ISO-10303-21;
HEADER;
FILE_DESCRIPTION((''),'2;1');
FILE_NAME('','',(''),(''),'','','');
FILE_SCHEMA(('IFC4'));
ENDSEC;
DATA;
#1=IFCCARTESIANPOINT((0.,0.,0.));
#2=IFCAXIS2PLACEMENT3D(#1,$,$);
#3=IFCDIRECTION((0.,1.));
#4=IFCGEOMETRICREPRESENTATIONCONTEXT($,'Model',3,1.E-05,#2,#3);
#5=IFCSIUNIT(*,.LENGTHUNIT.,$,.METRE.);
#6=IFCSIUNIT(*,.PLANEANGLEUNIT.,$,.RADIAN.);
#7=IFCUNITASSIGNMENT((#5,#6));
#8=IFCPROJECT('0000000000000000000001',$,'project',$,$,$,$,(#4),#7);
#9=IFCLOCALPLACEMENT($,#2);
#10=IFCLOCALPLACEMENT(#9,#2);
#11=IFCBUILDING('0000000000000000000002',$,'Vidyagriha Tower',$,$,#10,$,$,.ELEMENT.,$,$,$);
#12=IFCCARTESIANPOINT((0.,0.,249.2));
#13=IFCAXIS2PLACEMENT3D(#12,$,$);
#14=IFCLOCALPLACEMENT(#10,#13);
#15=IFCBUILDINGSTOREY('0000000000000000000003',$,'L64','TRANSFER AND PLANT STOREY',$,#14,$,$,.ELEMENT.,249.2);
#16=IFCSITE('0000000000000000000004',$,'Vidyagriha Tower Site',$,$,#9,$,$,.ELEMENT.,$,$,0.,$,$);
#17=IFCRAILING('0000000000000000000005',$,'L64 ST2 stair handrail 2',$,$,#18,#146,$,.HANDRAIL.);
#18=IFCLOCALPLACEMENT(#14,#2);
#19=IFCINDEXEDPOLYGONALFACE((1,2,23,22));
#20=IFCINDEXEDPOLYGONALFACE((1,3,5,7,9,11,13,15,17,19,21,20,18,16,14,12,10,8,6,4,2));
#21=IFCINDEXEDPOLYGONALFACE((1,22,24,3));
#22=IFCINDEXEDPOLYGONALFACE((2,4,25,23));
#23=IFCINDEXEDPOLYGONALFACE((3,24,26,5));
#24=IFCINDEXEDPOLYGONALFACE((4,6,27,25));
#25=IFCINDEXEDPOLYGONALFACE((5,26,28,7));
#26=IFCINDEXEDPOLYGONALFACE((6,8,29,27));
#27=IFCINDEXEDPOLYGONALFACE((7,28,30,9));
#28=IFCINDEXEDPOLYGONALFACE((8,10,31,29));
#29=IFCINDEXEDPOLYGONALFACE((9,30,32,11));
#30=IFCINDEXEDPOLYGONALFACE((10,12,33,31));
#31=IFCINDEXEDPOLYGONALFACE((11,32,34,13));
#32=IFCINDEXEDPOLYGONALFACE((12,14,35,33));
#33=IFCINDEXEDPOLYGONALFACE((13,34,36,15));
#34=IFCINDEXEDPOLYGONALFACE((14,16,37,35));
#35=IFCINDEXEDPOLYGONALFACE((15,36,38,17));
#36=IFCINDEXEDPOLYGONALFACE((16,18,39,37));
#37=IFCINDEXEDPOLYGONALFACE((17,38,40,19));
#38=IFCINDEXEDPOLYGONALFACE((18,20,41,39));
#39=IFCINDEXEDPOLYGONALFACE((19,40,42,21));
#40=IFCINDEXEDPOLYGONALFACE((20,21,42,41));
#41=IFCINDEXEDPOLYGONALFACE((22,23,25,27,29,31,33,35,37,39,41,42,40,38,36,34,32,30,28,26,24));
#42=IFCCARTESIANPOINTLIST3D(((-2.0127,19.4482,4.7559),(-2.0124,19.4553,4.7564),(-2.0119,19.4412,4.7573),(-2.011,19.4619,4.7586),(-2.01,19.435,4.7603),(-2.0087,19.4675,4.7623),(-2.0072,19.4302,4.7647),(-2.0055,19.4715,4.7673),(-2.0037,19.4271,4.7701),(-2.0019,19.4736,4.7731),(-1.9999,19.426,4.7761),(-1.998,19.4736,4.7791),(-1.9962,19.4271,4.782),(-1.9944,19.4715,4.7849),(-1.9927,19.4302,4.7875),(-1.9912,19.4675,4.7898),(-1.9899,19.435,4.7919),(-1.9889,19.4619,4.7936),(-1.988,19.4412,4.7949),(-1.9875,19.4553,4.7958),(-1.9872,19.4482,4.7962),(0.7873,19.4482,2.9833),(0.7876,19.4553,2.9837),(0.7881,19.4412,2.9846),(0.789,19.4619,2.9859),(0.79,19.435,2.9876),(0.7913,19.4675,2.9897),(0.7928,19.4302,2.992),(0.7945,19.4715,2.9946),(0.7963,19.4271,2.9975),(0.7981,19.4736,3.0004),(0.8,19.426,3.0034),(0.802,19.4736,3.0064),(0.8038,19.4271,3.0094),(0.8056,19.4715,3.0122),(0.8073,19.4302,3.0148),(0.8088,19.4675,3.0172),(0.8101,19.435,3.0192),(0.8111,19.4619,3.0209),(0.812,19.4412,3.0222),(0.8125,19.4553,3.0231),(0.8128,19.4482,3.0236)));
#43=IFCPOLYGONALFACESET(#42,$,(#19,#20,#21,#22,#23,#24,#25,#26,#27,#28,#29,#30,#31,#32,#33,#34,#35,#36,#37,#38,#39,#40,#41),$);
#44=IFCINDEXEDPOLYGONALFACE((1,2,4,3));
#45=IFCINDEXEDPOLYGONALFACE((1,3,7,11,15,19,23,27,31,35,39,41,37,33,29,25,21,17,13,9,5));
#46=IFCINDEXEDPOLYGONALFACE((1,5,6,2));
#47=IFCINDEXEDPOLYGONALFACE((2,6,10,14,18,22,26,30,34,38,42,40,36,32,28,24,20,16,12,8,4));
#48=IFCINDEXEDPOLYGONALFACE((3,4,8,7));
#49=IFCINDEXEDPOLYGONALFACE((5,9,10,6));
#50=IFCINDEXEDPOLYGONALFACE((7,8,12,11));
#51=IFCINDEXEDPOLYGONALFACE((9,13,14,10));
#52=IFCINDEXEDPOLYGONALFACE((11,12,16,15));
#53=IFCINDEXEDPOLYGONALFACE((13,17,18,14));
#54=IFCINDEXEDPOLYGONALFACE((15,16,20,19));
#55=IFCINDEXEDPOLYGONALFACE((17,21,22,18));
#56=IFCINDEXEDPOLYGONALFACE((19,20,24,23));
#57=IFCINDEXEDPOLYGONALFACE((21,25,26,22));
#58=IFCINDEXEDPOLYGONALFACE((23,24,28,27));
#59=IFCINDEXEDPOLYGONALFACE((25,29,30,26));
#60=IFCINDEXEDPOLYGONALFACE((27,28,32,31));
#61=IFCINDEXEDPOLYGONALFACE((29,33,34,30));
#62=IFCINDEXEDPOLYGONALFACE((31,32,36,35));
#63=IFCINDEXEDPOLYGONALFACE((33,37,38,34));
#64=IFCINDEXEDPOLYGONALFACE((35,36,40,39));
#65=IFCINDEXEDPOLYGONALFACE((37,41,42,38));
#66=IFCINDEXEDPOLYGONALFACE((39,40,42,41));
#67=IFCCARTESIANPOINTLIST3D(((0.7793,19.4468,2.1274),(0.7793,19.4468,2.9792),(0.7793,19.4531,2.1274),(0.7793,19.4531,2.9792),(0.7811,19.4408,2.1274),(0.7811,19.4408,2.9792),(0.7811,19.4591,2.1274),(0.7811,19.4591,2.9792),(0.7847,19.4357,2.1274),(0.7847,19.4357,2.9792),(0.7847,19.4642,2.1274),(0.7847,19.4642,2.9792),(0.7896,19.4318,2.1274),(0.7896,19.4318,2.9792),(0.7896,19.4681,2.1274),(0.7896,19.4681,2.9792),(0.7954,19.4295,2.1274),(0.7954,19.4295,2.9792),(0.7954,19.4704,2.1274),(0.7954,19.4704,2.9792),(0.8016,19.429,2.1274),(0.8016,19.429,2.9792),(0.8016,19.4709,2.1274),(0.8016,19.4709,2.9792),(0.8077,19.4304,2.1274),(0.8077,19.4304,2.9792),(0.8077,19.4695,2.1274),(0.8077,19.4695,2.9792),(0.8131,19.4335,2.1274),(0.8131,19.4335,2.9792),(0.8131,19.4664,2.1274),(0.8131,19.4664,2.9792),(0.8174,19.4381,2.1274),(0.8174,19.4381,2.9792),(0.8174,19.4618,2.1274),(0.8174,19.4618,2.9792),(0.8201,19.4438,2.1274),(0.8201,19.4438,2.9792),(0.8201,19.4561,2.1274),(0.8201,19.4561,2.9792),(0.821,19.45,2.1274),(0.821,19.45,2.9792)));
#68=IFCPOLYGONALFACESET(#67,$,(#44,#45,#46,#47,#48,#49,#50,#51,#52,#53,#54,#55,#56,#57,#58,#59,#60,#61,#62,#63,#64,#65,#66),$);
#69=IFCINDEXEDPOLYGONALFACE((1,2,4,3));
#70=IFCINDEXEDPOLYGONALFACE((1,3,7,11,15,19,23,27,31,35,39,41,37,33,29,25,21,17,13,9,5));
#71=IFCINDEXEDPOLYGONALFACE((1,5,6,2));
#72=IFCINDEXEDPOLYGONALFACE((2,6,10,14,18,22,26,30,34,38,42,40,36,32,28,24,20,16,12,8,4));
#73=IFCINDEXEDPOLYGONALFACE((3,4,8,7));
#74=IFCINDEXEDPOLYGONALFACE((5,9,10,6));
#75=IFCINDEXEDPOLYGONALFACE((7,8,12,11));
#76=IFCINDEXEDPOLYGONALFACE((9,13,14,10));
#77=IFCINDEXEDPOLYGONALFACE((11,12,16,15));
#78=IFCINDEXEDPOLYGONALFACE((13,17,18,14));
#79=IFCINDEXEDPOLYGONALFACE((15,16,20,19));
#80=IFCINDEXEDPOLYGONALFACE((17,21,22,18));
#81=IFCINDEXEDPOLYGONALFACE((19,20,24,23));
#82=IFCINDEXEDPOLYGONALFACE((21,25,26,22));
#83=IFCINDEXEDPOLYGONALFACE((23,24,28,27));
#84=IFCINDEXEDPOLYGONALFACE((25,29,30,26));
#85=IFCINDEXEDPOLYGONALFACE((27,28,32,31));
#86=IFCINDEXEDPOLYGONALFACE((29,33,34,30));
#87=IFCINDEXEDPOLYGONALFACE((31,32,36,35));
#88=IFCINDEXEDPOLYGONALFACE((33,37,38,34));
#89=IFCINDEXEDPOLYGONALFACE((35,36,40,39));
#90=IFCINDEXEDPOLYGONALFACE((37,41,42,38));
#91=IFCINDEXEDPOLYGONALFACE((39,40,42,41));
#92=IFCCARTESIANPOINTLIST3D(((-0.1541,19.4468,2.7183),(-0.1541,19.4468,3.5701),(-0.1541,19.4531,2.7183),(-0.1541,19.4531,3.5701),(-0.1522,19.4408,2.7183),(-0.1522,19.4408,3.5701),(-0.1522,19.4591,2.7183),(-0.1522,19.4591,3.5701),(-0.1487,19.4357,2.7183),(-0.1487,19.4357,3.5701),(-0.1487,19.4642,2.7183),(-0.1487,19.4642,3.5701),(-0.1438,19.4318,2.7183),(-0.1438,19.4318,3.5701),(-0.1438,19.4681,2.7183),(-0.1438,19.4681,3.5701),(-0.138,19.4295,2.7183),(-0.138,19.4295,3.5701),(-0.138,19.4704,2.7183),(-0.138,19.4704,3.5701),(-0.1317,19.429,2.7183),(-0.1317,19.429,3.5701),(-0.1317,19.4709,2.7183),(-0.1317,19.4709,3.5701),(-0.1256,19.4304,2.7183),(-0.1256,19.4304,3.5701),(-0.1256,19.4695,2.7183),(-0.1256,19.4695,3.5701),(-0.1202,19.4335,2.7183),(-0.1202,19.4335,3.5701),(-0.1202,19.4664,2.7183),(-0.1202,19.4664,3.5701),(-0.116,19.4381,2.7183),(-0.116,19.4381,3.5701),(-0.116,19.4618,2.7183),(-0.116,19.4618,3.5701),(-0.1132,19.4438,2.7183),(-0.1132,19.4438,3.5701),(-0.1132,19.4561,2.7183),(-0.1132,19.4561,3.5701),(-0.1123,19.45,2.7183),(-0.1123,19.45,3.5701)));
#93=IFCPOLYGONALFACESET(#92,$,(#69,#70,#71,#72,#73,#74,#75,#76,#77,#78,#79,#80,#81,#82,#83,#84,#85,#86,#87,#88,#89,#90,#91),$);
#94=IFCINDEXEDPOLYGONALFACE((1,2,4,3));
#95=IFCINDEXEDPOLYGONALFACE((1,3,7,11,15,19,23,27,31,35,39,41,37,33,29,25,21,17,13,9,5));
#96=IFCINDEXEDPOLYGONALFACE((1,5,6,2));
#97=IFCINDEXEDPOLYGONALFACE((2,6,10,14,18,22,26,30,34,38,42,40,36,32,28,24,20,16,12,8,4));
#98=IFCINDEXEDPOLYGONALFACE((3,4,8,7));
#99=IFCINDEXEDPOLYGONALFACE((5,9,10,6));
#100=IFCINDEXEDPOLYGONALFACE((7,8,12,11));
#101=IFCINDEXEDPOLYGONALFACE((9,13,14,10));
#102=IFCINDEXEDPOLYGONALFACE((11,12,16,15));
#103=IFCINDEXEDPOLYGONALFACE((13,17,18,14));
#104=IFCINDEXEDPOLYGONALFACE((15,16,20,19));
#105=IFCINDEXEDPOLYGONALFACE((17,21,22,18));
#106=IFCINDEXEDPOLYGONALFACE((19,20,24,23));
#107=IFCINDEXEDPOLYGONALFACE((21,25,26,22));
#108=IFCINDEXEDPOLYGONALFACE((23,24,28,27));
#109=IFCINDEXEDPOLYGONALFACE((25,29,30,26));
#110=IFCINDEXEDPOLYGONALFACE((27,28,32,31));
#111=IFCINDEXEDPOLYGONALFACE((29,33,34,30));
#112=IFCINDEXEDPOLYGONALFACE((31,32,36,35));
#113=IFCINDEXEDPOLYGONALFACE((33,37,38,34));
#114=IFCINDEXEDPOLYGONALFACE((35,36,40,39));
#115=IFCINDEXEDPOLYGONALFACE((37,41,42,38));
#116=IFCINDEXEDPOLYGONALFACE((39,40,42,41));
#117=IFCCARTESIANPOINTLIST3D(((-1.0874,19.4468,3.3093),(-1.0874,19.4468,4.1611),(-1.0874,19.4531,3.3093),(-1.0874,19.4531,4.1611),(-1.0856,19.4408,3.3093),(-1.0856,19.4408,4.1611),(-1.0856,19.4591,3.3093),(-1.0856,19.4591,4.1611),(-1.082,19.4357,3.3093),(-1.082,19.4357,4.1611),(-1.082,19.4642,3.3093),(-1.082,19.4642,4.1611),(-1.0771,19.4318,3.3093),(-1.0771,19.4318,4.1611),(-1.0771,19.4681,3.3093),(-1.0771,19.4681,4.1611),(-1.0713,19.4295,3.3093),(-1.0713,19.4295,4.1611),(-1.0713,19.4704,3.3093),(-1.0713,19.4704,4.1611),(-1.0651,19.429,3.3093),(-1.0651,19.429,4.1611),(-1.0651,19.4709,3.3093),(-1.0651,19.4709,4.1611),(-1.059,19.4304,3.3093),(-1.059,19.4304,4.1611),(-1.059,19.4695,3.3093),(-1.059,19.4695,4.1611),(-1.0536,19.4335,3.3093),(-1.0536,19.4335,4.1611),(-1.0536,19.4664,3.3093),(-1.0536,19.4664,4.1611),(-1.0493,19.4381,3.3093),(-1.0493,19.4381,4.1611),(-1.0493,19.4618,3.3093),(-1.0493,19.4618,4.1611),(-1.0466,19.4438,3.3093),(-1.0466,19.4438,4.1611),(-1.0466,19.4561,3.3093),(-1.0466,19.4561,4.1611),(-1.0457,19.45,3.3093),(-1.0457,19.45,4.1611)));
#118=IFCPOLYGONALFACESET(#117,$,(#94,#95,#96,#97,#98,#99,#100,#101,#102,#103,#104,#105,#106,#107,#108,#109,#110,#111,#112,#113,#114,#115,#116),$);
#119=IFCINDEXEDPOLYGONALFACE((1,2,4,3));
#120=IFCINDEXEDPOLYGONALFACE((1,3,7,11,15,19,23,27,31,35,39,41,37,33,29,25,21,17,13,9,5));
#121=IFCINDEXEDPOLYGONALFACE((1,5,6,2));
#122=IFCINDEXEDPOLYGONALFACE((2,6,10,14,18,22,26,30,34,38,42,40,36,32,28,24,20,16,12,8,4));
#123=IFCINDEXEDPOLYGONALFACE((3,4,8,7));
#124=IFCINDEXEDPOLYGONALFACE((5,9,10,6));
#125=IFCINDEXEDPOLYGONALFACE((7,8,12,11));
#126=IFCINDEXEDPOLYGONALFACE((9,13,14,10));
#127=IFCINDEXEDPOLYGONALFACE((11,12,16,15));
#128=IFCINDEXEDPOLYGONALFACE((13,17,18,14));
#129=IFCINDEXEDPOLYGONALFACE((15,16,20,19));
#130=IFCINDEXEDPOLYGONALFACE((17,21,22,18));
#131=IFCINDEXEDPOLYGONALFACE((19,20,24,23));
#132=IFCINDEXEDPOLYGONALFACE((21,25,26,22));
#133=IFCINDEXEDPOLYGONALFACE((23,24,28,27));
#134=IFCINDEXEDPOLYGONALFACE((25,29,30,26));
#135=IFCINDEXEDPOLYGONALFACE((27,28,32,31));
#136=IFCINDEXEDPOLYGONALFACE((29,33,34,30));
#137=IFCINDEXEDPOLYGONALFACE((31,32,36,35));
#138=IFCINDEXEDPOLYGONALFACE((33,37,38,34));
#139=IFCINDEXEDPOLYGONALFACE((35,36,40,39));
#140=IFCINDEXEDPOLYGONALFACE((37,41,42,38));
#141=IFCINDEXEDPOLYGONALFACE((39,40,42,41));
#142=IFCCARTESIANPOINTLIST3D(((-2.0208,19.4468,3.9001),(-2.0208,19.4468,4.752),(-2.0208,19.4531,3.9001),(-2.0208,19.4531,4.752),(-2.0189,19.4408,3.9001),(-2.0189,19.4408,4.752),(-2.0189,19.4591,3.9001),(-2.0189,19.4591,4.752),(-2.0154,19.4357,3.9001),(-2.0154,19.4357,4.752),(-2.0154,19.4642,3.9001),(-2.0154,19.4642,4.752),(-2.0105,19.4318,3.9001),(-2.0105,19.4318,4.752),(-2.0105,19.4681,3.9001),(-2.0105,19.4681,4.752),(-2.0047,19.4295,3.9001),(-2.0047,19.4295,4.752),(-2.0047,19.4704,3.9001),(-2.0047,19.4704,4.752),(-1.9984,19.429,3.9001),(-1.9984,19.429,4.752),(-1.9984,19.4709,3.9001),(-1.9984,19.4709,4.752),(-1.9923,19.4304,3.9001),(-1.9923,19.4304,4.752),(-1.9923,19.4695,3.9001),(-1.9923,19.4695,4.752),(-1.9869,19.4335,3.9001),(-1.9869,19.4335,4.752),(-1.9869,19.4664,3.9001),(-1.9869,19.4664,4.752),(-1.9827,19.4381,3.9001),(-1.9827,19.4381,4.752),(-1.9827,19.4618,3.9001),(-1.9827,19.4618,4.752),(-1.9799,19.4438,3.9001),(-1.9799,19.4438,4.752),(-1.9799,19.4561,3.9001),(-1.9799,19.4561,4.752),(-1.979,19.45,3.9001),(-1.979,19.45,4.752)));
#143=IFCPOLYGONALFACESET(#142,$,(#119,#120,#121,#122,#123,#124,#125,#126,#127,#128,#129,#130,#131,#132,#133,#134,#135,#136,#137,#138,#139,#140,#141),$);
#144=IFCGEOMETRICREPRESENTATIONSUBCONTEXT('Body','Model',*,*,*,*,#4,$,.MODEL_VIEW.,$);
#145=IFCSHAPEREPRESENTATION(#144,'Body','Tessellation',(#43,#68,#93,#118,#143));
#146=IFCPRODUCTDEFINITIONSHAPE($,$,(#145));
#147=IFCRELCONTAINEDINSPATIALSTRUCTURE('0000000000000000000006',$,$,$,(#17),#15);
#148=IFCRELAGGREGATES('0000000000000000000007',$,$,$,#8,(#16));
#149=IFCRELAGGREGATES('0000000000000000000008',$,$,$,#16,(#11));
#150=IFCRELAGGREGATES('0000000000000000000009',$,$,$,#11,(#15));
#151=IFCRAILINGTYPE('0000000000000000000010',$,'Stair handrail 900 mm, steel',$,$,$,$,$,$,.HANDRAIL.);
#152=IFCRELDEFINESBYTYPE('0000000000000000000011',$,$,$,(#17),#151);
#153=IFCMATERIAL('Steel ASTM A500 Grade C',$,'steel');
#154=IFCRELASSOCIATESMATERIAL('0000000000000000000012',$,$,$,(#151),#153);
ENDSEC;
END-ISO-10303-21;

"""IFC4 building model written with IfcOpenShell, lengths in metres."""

from ifc_helpers import new_model, si_unit, direction, frame, origin, origin_2d, place, context, subcontext, project, spatial, circle, extrude, material, type_object, element, save


model = new_model("IFC4")

# Units and contexts
model_context = context("Model", 3, precision=1e-05, world=origin(), true_north=direction((0.0, 1.0)))
body_context = subcontext(model_context, "Body", "Model", "MODEL_VIEW")
ifc_project = project(units=[si_unit("LENGTHUNIT", "METRE"), si_unit("PLANEANGLEUNIT", "RADIAN")], contexts=[model_context])

# Site, building, storey
site_placement = place(None, origin())
site = spatial("IfcSite", under=ifc_project, at=site_placement, Name="Vidyagriha Tower Site", CompositionType="ELEMENT", RefElevation=0.0)
building_placement = place(site_placement, origin())
building = spatial("IfcBuilding", under=site, at=building_placement, Name="Vidyagriha Tower", CompositionType="ELEMENT")
storey_placement = place(building_placement, frame((0.0, 0.0, 249.2)))
storey = spatial("IfcBuildingStorey", under=building, at=storey_placement, Name="L64", Description="TRANSFER AND PLANT STOREY", CompositionType="ELEMENT", Elevation=249.2)

# Railing
ifc_material_1 = material(Name="Steel ASTM A500 Grade C", Category="steel")
railing_type_1 = type_object("IfcRailingType", Name="Stair handrail 900 mm, steel", PredefinedType="HANDRAIL", material=ifc_material_1)
for number, where, name in (
    (1, (0.8, 19.45, 2.1274), "L64 ST2 stair handrail 2"),
):
    element("IfcRailing", number, at=place(storey_placement, frame(where)), inside=storey, type_object=railing_type_1, Name=name, PredefinedType="HANDRAIL", context=body_context, shape_type="SweptSolid", body=[
        extrude(circle(Radius=0.0239, at=origin_2d()), frame((0.0, 0.0, 0.876), z_axis=(-0.844909, 0.0, 0.53491), x_axis=(0.0, -1.0, 0.0)), (0.0, 0.0, 1.0), 3.314),
        extrude(circle(Radius=0.021, at=origin_2d()), origin(), (0.0, 0.0, 1.0), 0.8518),
        extrude(circle(Radius=0.021, at=origin_2d()), frame((-0.9333, 0.0, 0.5908)), (0.0, 0.0, 1.0), 0.8518),
        extrude(circle(Radius=0.021, at=origin_2d()), frame((-1.8667, 0.0, 1.1819)), (0.0, 0.0, 1.0), 0.8518),
        extrude(circle(Radius=0.021, at=origin_2d()), frame((-2.8, 0.0, 1.7727)), (0.0, 0.0, 1.0), 0.8518),
    ])

save(model, "model.ifc")
